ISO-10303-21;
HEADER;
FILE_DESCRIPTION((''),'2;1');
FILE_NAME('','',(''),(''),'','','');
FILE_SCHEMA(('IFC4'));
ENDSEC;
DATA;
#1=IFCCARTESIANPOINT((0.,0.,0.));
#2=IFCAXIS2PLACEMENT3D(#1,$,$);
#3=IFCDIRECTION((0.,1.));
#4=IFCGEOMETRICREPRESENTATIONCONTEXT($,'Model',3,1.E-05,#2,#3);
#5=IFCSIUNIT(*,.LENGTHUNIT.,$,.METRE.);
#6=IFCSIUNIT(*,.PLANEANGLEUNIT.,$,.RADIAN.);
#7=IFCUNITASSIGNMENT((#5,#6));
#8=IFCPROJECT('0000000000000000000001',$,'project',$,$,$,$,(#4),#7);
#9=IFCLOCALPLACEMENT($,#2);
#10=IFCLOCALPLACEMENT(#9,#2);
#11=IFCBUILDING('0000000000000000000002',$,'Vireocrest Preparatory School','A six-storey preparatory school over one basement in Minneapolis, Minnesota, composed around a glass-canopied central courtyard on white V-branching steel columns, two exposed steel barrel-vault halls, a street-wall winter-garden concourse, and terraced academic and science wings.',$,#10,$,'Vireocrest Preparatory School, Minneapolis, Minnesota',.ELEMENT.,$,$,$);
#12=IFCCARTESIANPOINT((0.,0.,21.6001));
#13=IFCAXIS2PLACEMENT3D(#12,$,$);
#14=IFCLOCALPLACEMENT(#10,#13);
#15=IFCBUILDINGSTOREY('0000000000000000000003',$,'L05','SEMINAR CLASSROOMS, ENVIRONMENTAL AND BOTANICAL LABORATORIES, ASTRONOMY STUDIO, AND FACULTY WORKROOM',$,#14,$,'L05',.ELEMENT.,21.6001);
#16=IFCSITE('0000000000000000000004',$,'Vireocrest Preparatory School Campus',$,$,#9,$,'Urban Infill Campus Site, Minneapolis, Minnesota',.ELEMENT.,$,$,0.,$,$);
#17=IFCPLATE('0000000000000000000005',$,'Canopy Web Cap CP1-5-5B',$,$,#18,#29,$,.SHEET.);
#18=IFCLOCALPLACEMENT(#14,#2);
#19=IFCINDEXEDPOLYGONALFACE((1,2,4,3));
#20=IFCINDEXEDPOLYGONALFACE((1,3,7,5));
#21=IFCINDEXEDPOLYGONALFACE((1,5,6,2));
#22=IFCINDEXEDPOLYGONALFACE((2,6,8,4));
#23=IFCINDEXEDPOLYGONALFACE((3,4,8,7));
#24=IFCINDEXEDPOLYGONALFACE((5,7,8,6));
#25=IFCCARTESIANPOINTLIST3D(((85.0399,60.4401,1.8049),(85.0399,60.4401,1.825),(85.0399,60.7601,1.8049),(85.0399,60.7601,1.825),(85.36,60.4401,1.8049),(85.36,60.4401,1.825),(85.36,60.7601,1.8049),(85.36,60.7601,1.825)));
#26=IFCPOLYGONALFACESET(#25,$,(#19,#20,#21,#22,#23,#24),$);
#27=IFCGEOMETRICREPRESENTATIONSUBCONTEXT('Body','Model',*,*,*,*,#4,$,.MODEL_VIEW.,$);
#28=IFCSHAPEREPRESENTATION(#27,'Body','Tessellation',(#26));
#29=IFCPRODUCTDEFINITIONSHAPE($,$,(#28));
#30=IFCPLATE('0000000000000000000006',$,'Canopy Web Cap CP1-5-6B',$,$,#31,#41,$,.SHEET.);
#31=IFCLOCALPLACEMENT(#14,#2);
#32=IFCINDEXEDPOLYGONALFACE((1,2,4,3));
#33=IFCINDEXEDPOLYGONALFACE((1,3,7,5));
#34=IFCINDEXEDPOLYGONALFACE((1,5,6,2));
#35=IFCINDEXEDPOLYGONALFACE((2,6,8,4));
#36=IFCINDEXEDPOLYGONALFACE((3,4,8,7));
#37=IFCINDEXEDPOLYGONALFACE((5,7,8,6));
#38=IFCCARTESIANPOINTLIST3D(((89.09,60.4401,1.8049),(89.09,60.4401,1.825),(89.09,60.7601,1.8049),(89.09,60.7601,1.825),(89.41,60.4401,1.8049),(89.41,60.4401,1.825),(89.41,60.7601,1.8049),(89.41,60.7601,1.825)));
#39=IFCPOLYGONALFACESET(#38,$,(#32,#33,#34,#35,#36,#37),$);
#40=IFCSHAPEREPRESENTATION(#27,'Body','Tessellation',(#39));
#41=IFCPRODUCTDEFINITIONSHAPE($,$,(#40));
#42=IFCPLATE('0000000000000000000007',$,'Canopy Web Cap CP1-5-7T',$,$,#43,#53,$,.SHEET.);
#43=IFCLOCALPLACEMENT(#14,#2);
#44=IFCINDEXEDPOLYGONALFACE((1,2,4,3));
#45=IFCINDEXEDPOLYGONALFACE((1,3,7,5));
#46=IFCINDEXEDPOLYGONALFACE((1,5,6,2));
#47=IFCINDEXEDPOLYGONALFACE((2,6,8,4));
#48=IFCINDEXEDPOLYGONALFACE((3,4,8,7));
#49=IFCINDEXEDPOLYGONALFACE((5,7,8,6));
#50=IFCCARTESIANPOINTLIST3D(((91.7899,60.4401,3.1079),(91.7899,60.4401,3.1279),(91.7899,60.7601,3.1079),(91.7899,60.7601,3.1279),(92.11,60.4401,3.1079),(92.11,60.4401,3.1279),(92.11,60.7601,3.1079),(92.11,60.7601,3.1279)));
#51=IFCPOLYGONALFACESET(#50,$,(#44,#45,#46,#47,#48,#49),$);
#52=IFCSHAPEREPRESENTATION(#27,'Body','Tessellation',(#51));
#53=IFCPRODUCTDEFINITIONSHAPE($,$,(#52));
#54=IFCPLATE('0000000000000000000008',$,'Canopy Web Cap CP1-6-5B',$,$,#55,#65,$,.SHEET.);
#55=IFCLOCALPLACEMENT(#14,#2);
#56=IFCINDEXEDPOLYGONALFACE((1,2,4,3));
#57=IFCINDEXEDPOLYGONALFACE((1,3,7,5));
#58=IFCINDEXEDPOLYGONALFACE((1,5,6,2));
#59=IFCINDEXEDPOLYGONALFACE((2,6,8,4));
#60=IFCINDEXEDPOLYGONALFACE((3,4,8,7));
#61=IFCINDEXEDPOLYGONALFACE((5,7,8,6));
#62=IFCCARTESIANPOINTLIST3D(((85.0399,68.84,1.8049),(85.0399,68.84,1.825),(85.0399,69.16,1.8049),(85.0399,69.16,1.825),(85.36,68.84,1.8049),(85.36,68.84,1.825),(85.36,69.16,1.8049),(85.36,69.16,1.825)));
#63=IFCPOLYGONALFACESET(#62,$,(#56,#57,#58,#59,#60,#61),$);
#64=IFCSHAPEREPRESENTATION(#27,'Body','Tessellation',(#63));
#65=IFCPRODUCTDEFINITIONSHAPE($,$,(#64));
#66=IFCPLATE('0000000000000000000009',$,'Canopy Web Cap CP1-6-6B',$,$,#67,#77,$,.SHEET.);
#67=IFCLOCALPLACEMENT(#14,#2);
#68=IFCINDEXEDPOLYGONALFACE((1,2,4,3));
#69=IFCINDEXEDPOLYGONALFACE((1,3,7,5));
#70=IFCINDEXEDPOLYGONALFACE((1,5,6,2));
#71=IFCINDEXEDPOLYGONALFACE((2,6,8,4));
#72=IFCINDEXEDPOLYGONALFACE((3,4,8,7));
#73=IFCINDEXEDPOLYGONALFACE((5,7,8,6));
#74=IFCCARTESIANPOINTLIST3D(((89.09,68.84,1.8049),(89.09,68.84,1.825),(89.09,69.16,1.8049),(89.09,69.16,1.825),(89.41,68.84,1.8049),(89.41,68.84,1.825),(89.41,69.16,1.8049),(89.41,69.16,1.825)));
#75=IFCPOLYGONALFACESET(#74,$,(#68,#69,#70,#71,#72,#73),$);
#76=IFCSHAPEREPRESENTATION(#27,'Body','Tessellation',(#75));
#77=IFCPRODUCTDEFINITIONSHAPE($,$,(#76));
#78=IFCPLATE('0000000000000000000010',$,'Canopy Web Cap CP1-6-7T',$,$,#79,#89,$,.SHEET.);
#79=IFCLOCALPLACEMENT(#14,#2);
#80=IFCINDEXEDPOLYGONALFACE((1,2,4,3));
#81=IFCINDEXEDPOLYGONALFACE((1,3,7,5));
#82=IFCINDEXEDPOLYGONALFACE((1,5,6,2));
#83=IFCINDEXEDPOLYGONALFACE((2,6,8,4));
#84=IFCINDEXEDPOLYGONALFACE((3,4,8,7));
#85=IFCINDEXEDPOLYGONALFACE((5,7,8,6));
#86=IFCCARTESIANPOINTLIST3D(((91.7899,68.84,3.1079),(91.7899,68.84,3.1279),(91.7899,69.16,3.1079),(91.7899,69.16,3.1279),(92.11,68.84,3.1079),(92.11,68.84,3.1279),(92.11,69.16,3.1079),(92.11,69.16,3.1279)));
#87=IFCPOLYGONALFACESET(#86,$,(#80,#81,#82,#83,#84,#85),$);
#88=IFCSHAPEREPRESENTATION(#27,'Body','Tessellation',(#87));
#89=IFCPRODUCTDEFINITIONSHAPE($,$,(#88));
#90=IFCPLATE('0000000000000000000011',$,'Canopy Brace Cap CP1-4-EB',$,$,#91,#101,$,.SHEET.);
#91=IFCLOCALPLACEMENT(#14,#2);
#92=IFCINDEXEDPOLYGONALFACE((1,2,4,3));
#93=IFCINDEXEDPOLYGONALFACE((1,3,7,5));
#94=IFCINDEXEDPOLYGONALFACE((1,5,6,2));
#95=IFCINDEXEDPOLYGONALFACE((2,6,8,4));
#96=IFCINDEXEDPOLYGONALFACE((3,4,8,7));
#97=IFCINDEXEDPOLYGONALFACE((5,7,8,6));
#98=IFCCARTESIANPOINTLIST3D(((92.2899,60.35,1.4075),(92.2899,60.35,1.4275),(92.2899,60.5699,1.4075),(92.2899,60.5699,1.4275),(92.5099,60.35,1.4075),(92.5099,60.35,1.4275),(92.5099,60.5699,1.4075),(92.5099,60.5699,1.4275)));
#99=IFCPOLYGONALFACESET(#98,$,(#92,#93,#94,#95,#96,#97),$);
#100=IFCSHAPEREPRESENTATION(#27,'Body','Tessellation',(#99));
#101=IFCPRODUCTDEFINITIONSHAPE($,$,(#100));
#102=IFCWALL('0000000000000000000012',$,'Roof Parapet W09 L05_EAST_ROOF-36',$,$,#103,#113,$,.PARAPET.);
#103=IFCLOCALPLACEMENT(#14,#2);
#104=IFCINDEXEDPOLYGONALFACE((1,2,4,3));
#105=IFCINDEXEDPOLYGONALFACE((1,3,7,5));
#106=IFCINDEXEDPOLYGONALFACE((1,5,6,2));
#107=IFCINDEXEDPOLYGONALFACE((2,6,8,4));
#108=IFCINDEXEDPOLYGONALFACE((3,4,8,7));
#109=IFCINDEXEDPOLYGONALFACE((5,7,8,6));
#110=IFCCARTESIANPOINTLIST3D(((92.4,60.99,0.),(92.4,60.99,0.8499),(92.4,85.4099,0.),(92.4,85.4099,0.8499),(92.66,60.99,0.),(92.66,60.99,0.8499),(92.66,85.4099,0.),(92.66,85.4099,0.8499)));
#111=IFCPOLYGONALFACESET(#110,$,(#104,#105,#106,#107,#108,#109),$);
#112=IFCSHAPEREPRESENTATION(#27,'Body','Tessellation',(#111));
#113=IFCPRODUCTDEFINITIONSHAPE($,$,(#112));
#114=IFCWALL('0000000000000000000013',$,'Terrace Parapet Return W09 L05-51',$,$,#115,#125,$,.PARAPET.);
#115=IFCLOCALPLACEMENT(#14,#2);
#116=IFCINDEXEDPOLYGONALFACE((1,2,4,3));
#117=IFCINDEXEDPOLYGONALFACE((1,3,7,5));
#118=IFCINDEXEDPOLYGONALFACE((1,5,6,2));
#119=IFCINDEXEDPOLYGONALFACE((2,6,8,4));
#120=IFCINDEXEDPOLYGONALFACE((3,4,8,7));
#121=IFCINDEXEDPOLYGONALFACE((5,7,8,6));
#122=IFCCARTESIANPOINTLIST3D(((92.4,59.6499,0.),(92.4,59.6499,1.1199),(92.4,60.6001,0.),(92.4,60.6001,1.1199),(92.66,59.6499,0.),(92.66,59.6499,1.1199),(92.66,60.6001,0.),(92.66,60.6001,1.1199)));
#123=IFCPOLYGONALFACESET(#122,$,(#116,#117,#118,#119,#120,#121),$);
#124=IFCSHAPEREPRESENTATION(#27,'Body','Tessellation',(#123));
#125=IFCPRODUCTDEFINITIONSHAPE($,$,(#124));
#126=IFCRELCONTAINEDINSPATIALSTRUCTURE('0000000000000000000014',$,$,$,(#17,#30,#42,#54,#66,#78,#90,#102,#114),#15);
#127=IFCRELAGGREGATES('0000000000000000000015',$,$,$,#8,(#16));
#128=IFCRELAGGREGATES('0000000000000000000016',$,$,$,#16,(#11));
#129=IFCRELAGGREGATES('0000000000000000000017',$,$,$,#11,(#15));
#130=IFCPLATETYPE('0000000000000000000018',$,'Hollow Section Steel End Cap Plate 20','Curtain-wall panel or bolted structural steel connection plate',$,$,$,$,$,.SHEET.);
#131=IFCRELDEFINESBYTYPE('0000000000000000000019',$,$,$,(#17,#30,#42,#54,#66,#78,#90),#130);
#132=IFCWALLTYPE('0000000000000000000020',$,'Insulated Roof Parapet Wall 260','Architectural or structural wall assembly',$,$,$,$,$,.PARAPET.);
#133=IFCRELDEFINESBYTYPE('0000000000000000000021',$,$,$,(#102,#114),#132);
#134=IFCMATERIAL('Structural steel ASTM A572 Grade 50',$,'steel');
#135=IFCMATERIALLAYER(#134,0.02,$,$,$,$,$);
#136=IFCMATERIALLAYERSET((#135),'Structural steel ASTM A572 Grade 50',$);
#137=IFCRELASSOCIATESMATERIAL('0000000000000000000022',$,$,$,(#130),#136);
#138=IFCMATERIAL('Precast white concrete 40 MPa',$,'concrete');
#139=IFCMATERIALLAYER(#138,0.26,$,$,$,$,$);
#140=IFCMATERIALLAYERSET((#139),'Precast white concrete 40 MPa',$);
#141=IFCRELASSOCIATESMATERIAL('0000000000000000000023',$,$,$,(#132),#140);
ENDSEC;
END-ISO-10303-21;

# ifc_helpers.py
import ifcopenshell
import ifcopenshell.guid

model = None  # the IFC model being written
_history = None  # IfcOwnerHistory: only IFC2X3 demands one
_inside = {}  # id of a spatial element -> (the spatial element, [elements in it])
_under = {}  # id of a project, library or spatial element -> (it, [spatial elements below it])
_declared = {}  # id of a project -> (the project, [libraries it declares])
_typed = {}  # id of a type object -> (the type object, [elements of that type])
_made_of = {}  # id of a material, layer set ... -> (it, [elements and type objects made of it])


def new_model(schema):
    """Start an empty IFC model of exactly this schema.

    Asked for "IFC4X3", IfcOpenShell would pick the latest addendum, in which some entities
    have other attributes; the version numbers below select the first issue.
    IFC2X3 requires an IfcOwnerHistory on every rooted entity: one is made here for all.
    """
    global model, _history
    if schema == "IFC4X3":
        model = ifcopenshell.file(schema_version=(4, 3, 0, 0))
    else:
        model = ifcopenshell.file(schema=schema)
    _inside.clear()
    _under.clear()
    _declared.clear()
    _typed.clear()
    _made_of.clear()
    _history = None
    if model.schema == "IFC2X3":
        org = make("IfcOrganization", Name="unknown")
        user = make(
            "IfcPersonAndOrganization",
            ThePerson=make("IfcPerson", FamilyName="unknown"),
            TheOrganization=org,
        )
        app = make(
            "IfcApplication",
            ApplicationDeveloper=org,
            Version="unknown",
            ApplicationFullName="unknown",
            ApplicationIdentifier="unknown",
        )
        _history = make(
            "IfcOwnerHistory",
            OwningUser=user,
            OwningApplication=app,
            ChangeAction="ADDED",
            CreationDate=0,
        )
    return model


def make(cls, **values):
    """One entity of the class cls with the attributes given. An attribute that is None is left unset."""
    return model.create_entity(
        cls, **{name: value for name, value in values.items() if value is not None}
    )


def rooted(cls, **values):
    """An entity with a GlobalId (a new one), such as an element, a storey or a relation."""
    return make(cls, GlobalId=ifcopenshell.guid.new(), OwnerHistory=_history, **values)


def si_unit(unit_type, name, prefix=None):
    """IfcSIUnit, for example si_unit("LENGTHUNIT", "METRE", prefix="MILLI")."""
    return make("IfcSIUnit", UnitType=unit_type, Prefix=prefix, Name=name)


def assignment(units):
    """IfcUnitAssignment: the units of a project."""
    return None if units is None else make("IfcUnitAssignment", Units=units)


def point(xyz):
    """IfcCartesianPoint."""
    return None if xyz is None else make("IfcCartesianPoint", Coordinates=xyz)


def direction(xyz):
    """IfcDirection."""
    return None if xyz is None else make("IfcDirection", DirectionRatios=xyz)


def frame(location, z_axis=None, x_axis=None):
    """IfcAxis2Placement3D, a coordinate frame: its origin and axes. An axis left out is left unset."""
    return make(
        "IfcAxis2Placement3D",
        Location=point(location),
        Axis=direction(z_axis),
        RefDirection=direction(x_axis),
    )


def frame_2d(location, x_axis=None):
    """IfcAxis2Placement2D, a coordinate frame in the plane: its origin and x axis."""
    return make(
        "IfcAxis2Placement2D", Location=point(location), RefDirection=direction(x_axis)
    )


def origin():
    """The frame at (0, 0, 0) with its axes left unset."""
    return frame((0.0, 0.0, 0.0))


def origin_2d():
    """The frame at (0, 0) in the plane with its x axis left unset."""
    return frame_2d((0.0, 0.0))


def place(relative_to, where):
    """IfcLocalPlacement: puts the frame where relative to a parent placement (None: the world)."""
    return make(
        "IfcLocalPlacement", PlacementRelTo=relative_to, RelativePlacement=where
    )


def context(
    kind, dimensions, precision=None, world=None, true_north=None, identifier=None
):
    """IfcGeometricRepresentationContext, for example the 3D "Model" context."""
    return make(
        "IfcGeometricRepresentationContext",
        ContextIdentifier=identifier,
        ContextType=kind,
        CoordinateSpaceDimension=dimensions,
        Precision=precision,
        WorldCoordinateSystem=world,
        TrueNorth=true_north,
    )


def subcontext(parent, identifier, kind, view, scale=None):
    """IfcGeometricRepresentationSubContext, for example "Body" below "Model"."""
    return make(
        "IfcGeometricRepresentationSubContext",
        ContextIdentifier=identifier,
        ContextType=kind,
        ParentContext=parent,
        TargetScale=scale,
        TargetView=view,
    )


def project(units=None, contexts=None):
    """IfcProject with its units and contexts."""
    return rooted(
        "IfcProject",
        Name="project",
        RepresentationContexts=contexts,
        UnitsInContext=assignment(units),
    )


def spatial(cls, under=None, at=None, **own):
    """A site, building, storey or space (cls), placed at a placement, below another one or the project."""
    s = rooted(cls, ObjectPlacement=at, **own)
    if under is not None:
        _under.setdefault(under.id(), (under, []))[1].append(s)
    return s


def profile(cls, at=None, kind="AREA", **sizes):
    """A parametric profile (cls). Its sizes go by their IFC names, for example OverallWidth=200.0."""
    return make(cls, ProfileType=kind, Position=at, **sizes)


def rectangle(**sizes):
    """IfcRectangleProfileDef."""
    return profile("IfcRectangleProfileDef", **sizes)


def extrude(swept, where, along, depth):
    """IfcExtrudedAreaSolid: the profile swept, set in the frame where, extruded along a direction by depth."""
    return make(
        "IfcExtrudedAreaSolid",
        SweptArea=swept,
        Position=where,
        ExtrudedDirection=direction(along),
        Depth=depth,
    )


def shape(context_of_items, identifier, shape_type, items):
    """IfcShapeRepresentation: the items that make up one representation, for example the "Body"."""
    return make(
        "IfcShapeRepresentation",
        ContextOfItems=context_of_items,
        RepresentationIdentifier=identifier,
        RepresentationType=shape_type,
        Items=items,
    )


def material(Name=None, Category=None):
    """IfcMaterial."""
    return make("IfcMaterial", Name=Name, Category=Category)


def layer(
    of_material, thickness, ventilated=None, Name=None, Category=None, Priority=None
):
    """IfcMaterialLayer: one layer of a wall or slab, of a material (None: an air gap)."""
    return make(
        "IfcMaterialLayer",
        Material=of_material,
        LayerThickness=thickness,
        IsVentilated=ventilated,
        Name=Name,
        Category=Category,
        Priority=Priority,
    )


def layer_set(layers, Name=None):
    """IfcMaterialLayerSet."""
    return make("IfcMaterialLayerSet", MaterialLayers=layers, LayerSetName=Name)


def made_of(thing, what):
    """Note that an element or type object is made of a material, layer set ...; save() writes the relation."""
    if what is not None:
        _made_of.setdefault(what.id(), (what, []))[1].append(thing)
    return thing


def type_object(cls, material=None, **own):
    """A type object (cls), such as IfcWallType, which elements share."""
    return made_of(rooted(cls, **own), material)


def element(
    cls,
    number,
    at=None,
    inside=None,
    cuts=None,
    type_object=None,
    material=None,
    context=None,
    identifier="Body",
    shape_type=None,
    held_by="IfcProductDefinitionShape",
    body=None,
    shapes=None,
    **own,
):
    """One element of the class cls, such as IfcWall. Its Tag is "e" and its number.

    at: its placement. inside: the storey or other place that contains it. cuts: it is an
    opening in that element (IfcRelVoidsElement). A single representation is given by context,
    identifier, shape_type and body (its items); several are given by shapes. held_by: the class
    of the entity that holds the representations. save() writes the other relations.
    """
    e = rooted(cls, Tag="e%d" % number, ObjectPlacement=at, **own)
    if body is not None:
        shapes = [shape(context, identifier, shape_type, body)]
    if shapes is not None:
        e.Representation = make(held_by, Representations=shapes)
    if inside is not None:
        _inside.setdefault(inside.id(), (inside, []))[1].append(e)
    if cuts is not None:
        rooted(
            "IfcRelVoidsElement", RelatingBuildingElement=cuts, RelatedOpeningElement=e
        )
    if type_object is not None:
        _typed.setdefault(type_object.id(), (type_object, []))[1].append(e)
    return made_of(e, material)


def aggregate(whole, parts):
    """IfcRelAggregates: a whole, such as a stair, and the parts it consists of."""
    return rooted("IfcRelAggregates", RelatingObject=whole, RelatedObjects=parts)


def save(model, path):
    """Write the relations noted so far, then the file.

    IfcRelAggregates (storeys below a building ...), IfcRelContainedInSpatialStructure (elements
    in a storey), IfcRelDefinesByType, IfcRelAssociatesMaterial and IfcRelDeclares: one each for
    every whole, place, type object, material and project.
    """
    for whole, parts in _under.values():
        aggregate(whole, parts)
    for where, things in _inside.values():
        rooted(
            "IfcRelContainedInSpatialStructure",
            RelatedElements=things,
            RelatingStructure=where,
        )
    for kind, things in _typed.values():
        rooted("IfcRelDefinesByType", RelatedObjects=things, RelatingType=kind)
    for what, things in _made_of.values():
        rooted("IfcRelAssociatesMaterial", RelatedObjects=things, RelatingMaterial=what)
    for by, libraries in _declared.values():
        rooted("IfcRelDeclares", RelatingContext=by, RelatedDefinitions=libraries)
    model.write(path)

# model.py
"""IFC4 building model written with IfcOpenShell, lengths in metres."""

from ifc_helpers import new_model, si_unit, direction, frame, frame_2d, origin, origin_2d, place, context, subcontext, project, spatial, rectangle, extrude, material, layer, layer_set, type_object, element, save


model = new_model("IFC4")

# Units and contexts
model_context = context("Model", 3, precision=1e-05, world=origin(), true_north=direction((0.0, 1.0)))
body_context = subcontext(model_context, "Body", "Model", "MODEL_VIEW")
ifc_project = project(units=[si_unit("LENGTHUNIT", "METRE"), si_unit("PLANEANGLEUNIT", "RADIAN")], contexts=[model_context])

# Site, building, storey
site_placement = place(None, origin())
site = spatial("IfcSite", under=ifc_project, at=site_placement, Name="Vireocrest Preparatory School Campus", LongName="Urban Infill Campus Site, Minneapolis, Minnesota", CompositionType="ELEMENT", RefElevation=0.0)
building_placement = place(site_placement, origin())
building = spatial("IfcBuilding", under=site, at=building_placement, Name="Vireocrest Preparatory School", Description="A six-storey preparatory school over one basement in Minneapolis, Minnesota, composed around a glass-canopied central courtyard on white V-branching steel columns, two exposed steel barrel-vault halls, a street-wall winter-garden concourse, and terraced academic and science wings.", LongName="Vireocrest Preparatory School, Minneapolis, Minnesota", CompositionType="ELEMENT")
storey_placement = place(building_placement, frame((0.0, 0.0, 21.6001)))
storey = spatial("IfcBuildingStorey", under=building, at=storey_placement, Name="L05", Description="SEMINAR CLASSROOMS, ENVIRONMENTAL AND BOTANICAL LABORATORIES, ASTRONOMY STUDIO, AND FACULTY WORKROOM", LongName="L05", CompositionType="ELEMENT", Elevation=21.6001)

# Plates
ifc_material_1 = material(Name="Structural steel ASTM A572 Grade 50", Category="steel")
ifc_layer_1 = layer(ifc_material_1, 0.02)
ifc_layer_set_1 = layer_set([ifc_layer_1], Name="Structural steel ASTM A572 Grade 50")
plate_type_1 = type_object("IfcPlateType", Name="Hollow Section Steel End Cap Plate 20", Description="Curtain-wall panel or bolted structural steel connection plate", PredefinedType="SHEET", material=ifc_layer_set_1)
for number, where, z_axis, x_axis, name in (
    (1, (85.2, 60.6001, 1.8049), (0.0, 0.0, 1.0), (1.0, 0.0, 0.0), "Canopy Web Cap CP1-5-5B"),
    (2, (89.25, 60.6001, 1.8049), (0.0, 0.0, 1.0), (1.0, 0.0, 0.0), "Canopy Web Cap CP1-5-6B"),
    (3, (91.95, 60.6001, 3.1079), (0.0, 0.0, 1.0), (1.0, 0.0, 0.0), "Canopy Web Cap CP1-5-7T"),
    (4, (85.2, 69.0, 1.8049), (0.0, 0.0, 1.0), (1.0, 0.0, 0.0), "Canopy Web Cap CP1-6-5B"),
    (5, (89.25, 69.0, 1.8049), (0.0, 0.0, 1.0), (1.0, 0.0, 0.0), "Canopy Web Cap CP1-6-6B"),
    (6, (91.95, 69.0, 3.1079), (0.0, 0.0, 1.0), (1.0, 0.0, 0.0), "Canopy Web Cap CP1-6-7T"),
):
    element("IfcPlate", number, at=place(storey_placement, frame(where, z_axis=z_axis, x_axis=x_axis)), inside=storey, type_object=plate_type_1, Name=name, PredefinedType="SHEET", context=body_context, shape_type="SweptSolid", body=[
        extrude(rectangle(XDim=0.3201, YDim=0.3201, at=origin_2d()), origin(), (0.0, 0.0, 1.0), 0.02),
    ])
plate_1_placement = place(storey_placement, frame((92.3999, 60.46, 1.4075), z_axis=(0.0, 0.0, 1.0), x_axis=(1.0, 0.0, 0.0)))
element("IfcPlate", 7, at=plate_1_placement, inside=storey, type_object=plate_type_1, Name="Canopy Brace Cap CP1-4-EB", PredefinedType="SHEET", context=body_context, shape_type="SweptSolid", body=[
    extrude(rectangle(XDim=0.22, YDim=0.22, at=origin_2d()), origin(), (0.0, 0.0, 1.0), 0.02),
])

# Walls
ifc_material_2 = material(Name="Precast white concrete 40 MPa", Category="concrete")
ifc_layer_2 = layer(ifc_material_2, 0.26)
ifc_layer_set_2 = layer_set([ifc_layer_2], Name="Precast white concrete 40 MPa")
wall_type = type_object("IfcWallType", Name="Insulated Roof Parapet Wall 260", Description="Architectural or structural wall assembly", PredefinedType="PARAPET", material=ifc_layer_set_2)
wall_1_placement = place(storey_placement, frame((92.53, 60.99, 0.0), z_axis=(0.0, 0.0, 1.0), x_axis=(0.0, 1.0, 0.0)))
element("IfcWall", 8, at=wall_1_placement, inside=storey, type_object=wall_type, Name="Roof Parapet W09 L05_EAST_ROOF-36", PredefinedType="PARAPET", context=body_context, shape_type="SweptSolid", body=[
    extrude(rectangle(XDim=24.4199, YDim=0.26, at=frame_2d((12.21, 0.0))), origin(), (0.0, 0.0, 1.0), 0.8499),
])
wall_2_placement = place(storey_placement, frame((92.53, 59.6499, 0.0), z_axis=(0.0, 0.0, 1.0), x_axis=(0.0, 1.0, 0.0)))
element("IfcWall", 9, at=wall_2_placement, inside=storey, type_object=wall_type, Name="Terrace Parapet Return W09 L05-51", PredefinedType="PARAPET", context=body_context, shape_type="SweptSolid", body=[
    extrude(rectangle(XDim=0.9502, YDim=0.26, at=frame_2d((0.4751, 0.0))), origin(), (0.0, 0.0, 1.0), 1.1199),
])

save(model, "model.ifc")
